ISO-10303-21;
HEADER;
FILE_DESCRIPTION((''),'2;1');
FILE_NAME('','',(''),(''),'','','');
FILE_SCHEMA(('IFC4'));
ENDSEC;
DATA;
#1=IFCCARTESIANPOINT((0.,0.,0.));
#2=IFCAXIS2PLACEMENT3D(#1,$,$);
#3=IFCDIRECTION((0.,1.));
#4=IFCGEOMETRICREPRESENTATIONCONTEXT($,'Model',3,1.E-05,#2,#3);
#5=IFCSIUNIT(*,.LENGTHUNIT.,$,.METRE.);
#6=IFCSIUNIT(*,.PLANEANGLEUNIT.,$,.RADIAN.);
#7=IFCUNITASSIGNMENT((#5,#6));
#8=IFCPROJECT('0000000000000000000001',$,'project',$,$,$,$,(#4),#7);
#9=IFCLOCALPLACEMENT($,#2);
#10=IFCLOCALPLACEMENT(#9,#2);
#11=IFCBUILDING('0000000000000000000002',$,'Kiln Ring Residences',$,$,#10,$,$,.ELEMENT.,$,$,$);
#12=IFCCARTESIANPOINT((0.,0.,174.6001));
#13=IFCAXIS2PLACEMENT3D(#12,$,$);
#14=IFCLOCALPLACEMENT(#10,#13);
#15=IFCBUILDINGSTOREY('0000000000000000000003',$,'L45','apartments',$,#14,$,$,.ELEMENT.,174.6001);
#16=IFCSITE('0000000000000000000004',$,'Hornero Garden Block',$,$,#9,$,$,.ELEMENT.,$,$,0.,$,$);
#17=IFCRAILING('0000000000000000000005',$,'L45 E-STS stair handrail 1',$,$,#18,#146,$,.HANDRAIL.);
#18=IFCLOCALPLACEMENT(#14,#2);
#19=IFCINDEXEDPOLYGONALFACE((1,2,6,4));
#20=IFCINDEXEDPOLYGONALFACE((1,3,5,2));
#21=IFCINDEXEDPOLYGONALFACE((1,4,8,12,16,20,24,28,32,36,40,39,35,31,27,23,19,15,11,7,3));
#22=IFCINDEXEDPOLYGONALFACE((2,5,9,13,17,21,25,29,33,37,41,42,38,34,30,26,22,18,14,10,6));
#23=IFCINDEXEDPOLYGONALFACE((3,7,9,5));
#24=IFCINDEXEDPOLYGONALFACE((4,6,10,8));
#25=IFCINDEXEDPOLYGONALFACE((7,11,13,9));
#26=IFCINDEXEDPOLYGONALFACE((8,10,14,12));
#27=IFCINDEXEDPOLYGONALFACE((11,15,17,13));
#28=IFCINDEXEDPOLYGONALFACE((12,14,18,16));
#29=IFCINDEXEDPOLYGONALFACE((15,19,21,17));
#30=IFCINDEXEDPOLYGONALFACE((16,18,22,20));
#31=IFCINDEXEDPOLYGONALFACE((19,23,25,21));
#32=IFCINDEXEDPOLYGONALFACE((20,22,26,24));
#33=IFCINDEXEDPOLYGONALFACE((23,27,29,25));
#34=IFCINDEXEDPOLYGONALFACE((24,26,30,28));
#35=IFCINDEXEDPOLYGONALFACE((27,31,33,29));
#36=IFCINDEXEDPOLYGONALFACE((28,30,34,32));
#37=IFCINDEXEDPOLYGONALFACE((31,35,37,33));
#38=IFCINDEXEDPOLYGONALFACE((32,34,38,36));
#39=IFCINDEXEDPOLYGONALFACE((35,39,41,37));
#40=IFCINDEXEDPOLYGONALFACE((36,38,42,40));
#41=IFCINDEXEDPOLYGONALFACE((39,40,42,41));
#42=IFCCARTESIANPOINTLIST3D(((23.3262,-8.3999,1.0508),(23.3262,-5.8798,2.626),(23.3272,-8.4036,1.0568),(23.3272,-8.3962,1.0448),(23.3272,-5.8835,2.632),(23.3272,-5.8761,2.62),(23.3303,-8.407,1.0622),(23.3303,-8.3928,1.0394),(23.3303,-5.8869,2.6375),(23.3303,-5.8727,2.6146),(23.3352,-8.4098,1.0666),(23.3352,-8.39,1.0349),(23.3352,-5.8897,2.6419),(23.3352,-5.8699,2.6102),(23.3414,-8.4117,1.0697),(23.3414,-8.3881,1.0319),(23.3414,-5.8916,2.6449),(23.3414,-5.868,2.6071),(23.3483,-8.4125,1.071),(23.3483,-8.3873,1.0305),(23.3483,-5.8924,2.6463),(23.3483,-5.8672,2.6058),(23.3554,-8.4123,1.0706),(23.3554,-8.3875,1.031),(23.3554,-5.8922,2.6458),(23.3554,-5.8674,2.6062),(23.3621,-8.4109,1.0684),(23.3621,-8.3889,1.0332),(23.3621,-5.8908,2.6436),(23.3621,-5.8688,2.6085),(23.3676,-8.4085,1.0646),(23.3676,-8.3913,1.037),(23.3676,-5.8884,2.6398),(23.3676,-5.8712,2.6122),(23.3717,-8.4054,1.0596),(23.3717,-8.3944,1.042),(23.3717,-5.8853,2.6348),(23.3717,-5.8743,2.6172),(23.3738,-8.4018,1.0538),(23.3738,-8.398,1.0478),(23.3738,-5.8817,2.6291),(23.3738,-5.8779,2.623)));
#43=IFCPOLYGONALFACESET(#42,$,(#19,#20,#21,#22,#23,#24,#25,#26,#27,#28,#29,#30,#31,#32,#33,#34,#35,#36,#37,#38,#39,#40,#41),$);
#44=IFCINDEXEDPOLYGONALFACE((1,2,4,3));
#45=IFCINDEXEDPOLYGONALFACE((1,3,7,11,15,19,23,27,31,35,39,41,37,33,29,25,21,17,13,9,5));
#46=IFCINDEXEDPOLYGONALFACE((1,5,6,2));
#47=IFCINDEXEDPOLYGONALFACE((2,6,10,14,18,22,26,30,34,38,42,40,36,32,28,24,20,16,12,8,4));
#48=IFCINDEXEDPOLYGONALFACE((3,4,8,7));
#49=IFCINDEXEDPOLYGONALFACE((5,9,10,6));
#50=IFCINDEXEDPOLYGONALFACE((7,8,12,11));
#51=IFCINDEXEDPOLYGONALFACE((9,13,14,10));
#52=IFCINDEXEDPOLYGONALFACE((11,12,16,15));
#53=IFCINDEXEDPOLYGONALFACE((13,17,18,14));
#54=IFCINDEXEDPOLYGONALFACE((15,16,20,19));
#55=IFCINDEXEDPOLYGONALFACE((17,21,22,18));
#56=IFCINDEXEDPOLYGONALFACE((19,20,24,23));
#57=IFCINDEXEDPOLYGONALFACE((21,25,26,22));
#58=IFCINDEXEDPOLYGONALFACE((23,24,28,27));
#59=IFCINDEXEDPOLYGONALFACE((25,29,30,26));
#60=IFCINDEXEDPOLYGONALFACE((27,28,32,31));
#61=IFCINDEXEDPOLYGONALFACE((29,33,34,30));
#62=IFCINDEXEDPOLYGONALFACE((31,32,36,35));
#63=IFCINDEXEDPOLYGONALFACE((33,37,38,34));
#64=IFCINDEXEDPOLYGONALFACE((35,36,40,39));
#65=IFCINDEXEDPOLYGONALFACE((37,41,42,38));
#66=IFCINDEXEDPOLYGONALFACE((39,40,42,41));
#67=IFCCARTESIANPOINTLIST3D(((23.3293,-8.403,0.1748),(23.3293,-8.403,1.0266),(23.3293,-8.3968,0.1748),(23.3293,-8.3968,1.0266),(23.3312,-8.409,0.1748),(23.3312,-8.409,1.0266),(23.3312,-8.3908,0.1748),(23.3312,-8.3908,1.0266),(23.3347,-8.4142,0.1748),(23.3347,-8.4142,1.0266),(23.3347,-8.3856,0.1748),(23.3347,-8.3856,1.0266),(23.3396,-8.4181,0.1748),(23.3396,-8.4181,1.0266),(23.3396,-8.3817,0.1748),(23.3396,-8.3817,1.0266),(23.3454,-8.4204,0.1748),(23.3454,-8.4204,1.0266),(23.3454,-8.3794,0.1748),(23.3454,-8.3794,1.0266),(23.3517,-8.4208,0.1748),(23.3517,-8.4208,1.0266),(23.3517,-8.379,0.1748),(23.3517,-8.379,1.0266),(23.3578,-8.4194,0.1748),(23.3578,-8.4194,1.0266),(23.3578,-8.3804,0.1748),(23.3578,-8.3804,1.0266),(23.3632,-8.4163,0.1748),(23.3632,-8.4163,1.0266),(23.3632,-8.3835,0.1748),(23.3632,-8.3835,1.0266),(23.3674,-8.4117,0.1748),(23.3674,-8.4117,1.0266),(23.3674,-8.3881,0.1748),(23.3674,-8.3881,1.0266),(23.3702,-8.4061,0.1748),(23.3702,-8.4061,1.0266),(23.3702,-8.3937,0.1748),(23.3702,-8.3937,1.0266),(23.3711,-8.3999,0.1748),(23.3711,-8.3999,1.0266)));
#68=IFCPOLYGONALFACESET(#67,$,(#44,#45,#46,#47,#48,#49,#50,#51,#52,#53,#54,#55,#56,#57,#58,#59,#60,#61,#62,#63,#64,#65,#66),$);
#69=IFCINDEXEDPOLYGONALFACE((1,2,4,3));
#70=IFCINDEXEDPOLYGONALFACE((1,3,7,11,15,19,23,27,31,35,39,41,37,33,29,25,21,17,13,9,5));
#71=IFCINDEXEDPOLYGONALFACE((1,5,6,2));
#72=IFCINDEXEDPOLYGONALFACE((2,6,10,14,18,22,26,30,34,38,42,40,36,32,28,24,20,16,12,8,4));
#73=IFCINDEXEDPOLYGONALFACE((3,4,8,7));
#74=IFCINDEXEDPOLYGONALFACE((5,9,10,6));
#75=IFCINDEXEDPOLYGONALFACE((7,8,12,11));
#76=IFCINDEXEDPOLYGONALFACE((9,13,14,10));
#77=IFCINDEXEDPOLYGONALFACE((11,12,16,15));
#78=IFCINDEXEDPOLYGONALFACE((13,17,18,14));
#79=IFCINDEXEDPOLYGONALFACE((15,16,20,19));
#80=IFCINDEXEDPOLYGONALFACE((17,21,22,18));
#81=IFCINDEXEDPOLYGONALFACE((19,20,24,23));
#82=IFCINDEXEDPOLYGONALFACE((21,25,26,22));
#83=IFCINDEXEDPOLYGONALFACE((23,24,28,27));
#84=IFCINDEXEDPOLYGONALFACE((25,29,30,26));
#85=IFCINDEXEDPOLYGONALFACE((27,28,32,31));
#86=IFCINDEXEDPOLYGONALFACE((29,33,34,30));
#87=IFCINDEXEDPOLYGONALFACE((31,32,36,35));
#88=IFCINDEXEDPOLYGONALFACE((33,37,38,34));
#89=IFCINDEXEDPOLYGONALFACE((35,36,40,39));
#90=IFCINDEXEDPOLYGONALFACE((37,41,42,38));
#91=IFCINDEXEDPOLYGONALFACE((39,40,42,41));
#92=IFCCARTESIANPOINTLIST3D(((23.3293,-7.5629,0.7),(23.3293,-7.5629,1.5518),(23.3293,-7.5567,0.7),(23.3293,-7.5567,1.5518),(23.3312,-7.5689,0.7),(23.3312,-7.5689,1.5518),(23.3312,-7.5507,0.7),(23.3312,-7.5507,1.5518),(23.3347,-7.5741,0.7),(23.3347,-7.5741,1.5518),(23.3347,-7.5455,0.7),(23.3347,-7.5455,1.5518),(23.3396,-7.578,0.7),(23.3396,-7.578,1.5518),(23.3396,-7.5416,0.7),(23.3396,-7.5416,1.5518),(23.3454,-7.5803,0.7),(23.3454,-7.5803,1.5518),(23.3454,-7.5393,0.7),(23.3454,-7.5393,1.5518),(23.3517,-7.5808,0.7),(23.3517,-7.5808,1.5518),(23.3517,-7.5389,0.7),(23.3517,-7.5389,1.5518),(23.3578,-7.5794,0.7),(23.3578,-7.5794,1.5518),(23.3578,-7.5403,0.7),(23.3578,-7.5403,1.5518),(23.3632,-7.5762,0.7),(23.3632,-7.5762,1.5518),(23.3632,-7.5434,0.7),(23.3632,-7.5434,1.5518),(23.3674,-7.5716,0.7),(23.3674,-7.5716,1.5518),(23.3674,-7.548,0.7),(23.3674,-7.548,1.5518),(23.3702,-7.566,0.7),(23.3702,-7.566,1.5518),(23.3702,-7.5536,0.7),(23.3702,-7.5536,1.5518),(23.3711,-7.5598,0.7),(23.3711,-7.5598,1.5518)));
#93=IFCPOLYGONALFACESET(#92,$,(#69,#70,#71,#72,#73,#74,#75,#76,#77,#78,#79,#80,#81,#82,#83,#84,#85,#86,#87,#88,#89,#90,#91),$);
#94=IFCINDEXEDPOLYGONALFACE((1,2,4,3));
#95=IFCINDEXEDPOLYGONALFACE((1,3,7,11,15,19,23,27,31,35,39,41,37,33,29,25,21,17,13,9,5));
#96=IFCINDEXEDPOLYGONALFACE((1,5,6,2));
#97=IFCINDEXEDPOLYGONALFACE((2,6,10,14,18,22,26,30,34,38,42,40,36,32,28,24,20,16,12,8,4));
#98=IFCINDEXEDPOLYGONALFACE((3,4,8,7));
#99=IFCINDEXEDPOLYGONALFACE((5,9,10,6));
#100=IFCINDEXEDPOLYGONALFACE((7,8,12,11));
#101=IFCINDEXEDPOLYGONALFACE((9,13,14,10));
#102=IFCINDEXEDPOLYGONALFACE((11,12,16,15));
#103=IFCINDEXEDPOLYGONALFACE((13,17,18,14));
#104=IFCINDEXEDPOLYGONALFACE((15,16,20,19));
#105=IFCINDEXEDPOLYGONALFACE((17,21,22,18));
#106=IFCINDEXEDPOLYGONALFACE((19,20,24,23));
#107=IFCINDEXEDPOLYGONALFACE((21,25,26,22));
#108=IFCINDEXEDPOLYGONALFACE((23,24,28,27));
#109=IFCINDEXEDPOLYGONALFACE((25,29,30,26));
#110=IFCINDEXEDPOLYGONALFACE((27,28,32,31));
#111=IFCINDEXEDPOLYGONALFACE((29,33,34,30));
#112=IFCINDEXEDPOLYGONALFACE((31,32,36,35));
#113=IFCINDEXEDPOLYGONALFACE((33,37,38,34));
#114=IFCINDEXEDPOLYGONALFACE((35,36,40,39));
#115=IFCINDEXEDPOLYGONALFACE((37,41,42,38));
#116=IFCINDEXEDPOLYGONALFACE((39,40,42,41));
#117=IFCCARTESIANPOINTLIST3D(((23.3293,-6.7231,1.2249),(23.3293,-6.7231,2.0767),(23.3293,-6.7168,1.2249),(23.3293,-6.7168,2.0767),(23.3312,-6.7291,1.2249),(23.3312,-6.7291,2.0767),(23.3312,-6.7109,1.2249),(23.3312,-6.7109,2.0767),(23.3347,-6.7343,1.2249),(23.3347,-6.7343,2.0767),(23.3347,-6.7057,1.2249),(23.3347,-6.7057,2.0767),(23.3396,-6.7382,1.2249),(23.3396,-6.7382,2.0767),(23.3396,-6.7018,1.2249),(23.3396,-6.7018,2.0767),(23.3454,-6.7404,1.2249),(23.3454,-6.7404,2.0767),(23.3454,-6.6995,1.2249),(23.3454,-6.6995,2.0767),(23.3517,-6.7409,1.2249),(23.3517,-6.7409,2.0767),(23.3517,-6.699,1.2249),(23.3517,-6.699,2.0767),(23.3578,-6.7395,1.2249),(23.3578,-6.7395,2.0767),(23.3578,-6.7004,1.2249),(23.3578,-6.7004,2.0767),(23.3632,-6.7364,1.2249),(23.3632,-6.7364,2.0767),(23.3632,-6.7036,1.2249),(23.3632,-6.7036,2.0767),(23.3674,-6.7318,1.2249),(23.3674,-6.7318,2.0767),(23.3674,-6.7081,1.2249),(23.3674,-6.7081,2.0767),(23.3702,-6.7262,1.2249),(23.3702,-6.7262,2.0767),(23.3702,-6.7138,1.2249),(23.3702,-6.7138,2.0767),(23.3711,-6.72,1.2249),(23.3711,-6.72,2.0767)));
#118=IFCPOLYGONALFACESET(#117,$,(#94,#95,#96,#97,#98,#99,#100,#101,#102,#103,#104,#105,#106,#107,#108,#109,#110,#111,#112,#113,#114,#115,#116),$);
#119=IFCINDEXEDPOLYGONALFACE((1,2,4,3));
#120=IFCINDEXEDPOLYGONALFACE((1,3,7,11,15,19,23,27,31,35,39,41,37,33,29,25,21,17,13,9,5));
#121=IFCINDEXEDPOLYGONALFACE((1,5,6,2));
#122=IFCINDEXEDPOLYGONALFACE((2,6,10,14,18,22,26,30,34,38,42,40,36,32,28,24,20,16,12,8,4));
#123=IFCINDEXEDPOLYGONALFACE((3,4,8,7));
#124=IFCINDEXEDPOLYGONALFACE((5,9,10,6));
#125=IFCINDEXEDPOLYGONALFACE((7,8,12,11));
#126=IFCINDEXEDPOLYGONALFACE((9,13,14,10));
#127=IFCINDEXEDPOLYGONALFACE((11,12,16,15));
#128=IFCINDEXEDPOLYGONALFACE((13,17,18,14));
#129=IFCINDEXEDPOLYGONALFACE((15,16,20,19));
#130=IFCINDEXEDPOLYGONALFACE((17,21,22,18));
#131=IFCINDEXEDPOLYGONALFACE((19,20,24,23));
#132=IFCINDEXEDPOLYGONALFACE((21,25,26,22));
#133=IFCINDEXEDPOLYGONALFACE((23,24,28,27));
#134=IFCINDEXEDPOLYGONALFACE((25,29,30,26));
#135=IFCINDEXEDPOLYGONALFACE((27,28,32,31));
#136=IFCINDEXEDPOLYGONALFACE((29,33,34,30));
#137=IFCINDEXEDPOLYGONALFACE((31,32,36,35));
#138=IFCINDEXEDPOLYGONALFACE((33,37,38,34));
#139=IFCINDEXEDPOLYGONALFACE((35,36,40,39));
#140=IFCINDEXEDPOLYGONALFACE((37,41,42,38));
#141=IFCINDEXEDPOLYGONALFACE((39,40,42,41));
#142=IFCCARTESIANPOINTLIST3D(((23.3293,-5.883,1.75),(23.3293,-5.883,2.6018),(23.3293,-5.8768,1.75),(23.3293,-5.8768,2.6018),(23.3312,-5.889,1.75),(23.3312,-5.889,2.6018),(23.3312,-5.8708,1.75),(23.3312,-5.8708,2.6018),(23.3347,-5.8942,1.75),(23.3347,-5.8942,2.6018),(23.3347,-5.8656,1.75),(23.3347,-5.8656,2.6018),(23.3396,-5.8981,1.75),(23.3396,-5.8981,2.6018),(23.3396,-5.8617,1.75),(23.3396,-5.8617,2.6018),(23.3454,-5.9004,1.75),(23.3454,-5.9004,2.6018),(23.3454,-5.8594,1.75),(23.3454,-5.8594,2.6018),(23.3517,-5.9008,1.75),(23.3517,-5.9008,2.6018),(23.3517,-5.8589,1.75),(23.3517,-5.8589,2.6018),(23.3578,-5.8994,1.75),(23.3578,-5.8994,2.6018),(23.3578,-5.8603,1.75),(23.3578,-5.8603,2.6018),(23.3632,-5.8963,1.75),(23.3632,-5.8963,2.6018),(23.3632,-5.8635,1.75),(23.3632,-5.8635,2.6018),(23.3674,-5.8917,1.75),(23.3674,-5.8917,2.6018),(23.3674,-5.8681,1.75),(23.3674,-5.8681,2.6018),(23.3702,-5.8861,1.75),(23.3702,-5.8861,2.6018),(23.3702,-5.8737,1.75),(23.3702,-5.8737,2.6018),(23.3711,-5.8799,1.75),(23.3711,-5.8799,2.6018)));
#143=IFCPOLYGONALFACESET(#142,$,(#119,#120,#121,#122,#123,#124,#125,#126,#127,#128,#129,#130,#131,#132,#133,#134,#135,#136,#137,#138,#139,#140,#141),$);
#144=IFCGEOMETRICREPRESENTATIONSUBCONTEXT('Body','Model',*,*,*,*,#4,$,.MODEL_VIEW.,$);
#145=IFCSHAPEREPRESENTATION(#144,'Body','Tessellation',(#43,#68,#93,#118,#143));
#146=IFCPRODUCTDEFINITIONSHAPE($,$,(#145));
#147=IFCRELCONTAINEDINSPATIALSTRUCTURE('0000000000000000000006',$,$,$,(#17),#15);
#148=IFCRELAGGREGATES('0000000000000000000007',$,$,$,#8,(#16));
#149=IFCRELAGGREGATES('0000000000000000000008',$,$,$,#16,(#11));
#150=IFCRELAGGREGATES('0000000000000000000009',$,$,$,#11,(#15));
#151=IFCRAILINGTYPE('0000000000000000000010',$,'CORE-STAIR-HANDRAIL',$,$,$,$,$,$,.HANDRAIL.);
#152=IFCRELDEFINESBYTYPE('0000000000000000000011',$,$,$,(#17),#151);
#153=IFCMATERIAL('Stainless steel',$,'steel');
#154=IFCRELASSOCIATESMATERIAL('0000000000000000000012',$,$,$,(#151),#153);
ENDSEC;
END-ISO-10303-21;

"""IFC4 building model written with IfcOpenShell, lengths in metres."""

from ifc_helpers import new_model, si_unit, direction, frame, origin, origin_2d, place, context, subcontext, project, spatial, circle, extrude, material, type_object, element, save


model = new_model("IFC4")

# Units and contexts
model_context = context("Model", 3, precision=1e-05, world=origin(), true_north=direction((0.0, 1.0)))
body_context = subcontext(model_context, "Body", "Model", "MODEL_VIEW")
ifc_project = project(units=[si_unit("LENGTHUNIT", "METRE"), si_unit("PLANEANGLEUNIT", "RADIAN")], contexts=[model_context])

# Site, building, storey
site_placement = place(None, origin())
site = spatial("IfcSite", under=ifc_project, at=site_placement, Name="Hornero Garden Block", CompositionType="ELEMENT", RefElevation=0.0)
building_placement = place(site_placement, origin())
building = spatial("IfcBuilding", under=site, at=building_placement, Name="Kiln Ring Residences", CompositionType="ELEMENT")
storey_placement = place(building_placement, frame((0.0, 0.0, 174.6001)))
storey = spatial("IfcBuildingStorey", under=building, at=storey_placement, Name="L45", Description="apartments", CompositionType="ELEMENT", Elevation=174.6001)

# Railing
ifc_material_1 = material(Name="Stainless steel", Category="steel")
railing_type_1 = type_object("IfcRailingType", Name="CORE-STAIR-HANDRAIL", PredefinedType="HANDRAIL", material=ifc_material_1)
railing_1_placement = place(storey_placement, frame((23.3501, -8.3999, 0.1748)))
element("IfcRailing", 1, at=railing_1_placement, inside=storey, type_object=railing_type_1, Name="L45 E-STS stair handrail 1", PredefinedType="HANDRAIL", context=body_context, shape_type="SweptSolid", body=[
    extrude(circle(Radius=0.0239, at=origin_2d()), frame((0.0, 0.0, 0.876), z_axis=(0.0, 0.847971, 0.530043), x_axis=(-1.0, 0.0, 0.0)), (0.0, 0.0, 1.0), 2.9719),
    extrude(circle(Radius=0.021, at=origin_2d()), origin(), (0.0, 0.0, 1.0), 0.8518),
    extrude(circle(Radius=0.021, at=origin_2d()), frame((0.0, 0.8401, 0.5251)), (0.0, 0.0, 1.0), 0.8518),
    extrude(circle(Radius=0.021, at=origin_2d()), frame((0.0, 1.6799, 1.05)), (0.0, 0.0, 1.0), 0.8518),
    extrude(circle(Radius=0.021, at=origin_2d()), frame((0.0, 2.52, 1.5752)), (0.0, 0.0, 1.0), 0.8518),
])

save(model, "model.ifc")
